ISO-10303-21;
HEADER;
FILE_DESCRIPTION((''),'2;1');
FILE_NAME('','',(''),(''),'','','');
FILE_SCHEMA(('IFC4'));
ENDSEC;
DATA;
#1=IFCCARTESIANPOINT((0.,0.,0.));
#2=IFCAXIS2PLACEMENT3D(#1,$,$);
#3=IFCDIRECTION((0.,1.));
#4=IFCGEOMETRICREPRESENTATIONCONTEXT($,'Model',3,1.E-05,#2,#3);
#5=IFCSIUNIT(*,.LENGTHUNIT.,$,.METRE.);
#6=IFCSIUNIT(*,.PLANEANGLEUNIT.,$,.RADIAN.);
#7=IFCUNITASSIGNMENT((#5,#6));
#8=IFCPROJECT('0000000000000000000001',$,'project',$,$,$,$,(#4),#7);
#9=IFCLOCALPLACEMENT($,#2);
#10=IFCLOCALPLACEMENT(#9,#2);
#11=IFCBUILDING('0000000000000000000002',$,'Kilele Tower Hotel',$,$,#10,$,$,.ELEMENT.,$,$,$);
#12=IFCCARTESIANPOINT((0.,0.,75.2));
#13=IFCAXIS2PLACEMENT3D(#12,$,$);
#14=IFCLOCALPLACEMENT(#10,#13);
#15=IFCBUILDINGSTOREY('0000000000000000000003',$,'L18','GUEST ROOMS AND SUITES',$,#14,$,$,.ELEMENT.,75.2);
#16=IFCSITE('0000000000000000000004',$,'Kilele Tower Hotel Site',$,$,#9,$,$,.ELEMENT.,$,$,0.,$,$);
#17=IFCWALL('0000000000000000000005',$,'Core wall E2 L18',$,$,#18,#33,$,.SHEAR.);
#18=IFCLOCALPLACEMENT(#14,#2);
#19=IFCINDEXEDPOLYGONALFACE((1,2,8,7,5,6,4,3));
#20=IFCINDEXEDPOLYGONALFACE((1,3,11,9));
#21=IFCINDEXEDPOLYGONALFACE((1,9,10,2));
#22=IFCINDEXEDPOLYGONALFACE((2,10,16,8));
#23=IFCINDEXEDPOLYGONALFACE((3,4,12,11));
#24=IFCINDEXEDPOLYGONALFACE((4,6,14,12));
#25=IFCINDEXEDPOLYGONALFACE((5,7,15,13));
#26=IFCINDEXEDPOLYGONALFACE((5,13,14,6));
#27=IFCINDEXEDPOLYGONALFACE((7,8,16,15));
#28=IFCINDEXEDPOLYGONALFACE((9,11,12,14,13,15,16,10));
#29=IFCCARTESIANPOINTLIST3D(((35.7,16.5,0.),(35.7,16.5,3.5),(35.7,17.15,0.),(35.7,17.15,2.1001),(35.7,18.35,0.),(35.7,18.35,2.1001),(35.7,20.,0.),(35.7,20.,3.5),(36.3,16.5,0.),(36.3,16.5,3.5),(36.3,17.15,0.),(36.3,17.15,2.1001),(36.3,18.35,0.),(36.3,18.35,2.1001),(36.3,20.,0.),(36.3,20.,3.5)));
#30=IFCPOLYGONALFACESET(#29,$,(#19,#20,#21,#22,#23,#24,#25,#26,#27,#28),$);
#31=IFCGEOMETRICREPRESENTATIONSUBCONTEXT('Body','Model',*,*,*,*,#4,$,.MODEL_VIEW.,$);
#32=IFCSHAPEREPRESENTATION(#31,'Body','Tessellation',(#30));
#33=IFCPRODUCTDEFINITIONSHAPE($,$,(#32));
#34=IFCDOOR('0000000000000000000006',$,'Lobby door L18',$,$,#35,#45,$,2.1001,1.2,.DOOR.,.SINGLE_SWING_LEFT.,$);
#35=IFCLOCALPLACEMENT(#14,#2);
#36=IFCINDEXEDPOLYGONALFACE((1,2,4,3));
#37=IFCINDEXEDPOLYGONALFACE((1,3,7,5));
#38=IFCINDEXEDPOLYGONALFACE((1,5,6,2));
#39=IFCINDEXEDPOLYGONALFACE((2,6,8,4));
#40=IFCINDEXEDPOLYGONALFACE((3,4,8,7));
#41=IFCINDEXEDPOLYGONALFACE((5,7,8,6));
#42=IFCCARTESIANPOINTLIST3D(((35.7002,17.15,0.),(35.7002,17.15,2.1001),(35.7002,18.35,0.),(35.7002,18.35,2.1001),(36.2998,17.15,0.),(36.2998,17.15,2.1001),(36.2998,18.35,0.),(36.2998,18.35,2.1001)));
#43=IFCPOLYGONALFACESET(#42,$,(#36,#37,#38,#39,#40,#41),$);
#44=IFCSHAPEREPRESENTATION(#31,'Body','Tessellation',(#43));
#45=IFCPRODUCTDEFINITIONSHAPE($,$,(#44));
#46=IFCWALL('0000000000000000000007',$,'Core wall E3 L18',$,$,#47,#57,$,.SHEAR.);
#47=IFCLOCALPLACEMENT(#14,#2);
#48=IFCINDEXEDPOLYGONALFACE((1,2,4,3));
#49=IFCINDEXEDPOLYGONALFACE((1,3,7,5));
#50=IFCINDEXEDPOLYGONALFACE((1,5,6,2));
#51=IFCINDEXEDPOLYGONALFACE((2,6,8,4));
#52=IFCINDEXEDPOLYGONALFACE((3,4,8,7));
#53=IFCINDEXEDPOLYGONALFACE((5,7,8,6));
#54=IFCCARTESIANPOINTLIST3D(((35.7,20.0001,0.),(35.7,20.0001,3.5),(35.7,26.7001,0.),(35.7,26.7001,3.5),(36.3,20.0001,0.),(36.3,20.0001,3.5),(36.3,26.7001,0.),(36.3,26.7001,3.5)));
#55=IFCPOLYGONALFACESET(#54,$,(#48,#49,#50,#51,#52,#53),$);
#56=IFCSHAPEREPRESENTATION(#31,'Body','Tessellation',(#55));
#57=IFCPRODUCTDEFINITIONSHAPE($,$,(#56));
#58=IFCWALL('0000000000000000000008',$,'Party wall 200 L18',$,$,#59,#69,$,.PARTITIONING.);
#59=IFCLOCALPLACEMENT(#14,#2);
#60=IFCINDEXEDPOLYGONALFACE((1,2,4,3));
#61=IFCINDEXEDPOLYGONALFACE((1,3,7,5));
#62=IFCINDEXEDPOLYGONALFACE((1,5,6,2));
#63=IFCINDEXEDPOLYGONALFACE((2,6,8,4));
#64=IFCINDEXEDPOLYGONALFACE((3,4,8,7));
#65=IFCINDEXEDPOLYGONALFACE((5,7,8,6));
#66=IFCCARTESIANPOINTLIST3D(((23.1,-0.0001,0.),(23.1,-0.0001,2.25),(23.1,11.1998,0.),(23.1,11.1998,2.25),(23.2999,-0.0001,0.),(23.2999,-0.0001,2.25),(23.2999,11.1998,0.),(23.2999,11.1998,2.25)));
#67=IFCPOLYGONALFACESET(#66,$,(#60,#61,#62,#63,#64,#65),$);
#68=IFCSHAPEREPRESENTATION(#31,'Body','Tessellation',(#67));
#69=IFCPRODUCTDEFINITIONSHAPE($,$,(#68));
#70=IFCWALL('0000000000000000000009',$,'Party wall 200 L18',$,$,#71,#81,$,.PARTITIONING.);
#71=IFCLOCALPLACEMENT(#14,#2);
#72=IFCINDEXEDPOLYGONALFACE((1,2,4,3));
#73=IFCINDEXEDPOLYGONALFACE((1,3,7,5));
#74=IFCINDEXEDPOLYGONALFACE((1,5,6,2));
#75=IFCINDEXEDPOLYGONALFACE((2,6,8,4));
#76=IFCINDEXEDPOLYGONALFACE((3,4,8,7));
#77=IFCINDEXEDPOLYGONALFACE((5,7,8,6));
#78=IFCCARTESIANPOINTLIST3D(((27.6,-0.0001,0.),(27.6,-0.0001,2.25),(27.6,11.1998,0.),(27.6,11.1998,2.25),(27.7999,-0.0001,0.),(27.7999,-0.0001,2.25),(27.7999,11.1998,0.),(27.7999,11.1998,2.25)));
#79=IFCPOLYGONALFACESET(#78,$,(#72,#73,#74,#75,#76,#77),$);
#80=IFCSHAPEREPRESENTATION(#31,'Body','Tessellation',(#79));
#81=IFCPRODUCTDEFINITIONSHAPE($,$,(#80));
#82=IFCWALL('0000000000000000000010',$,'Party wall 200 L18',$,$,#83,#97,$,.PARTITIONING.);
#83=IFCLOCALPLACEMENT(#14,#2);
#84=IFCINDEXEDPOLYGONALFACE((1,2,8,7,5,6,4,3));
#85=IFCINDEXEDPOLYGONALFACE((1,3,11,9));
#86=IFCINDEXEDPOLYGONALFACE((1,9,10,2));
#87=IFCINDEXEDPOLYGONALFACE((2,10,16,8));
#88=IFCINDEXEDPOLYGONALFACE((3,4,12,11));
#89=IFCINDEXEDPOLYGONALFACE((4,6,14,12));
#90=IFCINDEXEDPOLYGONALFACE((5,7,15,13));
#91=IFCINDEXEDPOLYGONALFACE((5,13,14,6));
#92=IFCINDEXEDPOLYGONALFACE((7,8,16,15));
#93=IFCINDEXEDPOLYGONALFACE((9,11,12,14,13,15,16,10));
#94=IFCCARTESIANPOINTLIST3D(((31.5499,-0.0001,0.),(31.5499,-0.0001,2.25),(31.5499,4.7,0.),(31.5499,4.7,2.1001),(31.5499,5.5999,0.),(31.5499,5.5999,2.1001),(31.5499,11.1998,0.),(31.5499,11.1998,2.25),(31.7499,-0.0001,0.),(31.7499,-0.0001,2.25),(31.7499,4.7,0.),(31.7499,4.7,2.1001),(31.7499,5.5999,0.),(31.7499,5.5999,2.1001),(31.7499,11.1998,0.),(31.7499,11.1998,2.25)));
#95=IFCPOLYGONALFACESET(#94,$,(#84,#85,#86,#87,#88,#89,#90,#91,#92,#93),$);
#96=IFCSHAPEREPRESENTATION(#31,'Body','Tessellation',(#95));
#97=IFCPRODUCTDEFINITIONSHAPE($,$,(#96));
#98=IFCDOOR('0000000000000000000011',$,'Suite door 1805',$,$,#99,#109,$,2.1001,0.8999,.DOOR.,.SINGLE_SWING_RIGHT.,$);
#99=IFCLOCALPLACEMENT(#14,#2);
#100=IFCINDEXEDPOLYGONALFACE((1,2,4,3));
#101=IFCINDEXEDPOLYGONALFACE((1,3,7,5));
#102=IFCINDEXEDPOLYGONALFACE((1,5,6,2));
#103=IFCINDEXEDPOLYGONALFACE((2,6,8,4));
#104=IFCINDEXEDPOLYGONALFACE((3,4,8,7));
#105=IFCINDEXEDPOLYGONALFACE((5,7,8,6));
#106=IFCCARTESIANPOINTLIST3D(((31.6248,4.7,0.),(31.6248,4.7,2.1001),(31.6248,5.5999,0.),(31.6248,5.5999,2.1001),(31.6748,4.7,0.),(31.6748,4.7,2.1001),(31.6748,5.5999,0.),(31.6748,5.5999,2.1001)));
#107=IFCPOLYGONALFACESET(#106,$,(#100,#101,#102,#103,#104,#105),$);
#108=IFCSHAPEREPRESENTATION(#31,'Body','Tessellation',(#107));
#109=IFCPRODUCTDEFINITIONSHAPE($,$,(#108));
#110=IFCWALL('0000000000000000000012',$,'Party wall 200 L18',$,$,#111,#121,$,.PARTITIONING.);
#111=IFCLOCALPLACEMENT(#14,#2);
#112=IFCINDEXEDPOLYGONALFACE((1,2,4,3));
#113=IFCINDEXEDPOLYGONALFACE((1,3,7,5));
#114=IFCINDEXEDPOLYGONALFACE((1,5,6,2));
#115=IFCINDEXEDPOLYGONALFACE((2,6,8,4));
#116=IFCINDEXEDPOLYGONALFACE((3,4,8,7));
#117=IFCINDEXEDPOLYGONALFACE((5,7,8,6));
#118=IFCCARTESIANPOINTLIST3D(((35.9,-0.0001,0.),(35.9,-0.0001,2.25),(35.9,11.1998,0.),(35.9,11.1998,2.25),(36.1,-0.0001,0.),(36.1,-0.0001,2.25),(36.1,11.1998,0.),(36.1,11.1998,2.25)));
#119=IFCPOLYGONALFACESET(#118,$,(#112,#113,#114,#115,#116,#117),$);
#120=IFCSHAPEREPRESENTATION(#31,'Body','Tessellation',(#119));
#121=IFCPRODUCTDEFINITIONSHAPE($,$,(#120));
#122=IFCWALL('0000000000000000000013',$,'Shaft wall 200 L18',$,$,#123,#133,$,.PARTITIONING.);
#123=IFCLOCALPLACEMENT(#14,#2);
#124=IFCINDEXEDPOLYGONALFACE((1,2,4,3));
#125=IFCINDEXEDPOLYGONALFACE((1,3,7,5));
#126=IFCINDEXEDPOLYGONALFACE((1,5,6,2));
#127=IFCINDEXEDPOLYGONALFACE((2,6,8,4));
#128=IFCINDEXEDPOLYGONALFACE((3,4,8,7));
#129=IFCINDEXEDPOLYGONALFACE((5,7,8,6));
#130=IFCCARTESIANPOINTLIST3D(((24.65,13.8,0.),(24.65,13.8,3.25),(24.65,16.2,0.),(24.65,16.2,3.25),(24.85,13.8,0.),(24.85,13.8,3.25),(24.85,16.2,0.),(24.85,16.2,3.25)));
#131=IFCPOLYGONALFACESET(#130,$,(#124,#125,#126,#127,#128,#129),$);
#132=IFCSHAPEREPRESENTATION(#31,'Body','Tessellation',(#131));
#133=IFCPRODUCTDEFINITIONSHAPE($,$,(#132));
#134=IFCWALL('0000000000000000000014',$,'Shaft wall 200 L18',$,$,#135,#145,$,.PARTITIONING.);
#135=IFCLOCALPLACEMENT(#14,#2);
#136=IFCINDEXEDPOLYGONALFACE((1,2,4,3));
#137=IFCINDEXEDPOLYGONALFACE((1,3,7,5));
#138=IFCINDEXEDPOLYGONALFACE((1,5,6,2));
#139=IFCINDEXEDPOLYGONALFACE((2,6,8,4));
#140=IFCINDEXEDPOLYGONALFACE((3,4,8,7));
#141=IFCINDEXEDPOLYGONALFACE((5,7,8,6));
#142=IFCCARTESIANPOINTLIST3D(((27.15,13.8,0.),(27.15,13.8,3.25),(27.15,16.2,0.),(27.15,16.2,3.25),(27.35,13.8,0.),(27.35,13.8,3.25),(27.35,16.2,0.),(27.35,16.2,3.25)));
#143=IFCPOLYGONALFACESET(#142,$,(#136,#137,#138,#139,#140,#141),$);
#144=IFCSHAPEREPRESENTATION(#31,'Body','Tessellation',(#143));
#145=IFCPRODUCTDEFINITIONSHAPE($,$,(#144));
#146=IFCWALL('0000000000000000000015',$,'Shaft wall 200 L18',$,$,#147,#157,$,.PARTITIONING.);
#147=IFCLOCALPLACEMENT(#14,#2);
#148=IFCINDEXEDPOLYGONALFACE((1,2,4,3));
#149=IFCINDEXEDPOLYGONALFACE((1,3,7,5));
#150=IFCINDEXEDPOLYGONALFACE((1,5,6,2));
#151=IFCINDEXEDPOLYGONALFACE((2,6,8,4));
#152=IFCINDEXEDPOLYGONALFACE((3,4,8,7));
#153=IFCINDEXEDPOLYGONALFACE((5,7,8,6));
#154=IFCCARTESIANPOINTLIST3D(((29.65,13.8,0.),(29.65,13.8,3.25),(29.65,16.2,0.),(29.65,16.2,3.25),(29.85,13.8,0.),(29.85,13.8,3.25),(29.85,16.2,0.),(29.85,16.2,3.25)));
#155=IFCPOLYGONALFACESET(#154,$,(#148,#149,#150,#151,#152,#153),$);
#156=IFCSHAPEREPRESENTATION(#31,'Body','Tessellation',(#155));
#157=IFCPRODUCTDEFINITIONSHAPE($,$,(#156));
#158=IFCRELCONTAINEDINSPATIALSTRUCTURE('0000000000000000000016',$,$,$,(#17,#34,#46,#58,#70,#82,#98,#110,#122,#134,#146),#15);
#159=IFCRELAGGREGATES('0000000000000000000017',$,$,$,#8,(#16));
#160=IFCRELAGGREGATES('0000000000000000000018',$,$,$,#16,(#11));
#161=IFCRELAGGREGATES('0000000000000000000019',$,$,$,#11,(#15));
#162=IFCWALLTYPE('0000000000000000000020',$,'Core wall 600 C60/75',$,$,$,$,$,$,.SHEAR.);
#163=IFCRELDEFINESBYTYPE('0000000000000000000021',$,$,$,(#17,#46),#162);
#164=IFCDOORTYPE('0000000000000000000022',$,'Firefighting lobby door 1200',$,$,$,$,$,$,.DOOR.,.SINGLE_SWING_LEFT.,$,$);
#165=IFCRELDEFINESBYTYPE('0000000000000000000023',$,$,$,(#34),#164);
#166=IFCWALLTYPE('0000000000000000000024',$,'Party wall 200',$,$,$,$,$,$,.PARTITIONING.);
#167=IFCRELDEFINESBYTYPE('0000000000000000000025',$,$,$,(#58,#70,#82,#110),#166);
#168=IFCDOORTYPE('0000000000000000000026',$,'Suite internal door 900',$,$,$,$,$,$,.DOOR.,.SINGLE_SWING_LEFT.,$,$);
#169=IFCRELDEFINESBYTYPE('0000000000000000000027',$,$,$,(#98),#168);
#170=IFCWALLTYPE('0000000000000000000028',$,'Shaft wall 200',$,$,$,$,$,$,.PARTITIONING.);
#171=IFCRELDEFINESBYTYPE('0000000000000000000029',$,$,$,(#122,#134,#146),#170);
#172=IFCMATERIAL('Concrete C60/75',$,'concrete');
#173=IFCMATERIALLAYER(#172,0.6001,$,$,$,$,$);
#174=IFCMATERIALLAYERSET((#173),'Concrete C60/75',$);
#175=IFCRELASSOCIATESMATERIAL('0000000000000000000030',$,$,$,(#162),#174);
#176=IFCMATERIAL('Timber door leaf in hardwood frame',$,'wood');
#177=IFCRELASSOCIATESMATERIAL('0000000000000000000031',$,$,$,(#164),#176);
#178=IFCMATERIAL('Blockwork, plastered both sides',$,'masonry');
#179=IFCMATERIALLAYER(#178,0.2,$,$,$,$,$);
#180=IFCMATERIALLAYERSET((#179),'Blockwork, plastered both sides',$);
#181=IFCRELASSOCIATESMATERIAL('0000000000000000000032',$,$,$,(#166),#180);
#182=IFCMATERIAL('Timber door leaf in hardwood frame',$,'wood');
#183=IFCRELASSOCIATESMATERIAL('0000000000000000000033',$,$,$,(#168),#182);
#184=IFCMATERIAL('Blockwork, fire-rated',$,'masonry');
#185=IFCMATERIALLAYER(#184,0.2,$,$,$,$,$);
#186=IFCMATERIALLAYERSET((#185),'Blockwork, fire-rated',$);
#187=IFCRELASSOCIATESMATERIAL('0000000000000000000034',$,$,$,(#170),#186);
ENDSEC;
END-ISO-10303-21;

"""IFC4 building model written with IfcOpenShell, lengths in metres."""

from ifc_helpers import new_model, si_unit, direction, frame, frame_2d, origin, place, context, subcontext, project, spatial, rectangle, extrude, material, layer, layer_set, type_object, element, fill, save


model = new_model("IFC4")

# Units and contexts
model_context = context("Model", 3, precision=1e-05, world=origin(), true_north=direction((0.0, 1.0)))
body_context = subcontext(model_context, "Body", "Model", "MODEL_VIEW")
ifc_project = project(units=[si_unit("LENGTHUNIT", "METRE"), si_unit("PLANEANGLEUNIT", "RADIAN")], contexts=[model_context])

# Site, building, storey
site_placement = place(None, origin())
site = spatial("IfcSite", under=ifc_project, at=site_placement, Name="Kilele Tower Hotel Site", CompositionType="ELEMENT", RefElevation=0.0)
building_placement = place(site_placement, origin())
building = spatial("IfcBuilding", under=site, at=building_placement, Name="Kilele Tower Hotel", CompositionType="ELEMENT")
storey_placement = place(building_placement, frame((0.0, 0.0, 75.2)))
storey = spatial("IfcBuildingStorey", under=building, at=storey_placement, Name="L18", Description="GUEST ROOMS AND SUITES", CompositionType="ELEMENT", Elevation=75.2)

# Shared definitions
ifc_material_1 = material(Name="Concrete C60/75", Category="concrete")
ifc_layer_1 = layer(ifc_material_1, 0.6001)
ifc_layer_set_1 = layer_set([ifc_layer_1], Name="Concrete C60/75")
wall_type_1 = type_object("IfcWallType", Name="Core wall 600 C60/75", PredefinedType="SHEAR", material=ifc_layer_set_1)
ifc_material_2 = material(Name="Timber door leaf in hardwood frame", Category="wood")
door_type_1 = type_object("IfcDoorType", Name="Firefighting lobby door 1200", OperationType="SINGLE_SWING_LEFT", PredefinedType="DOOR", material=ifc_material_2)

# Wall, opening, door
wall_1_placement = place(storey_placement, frame((36.0, 16.5, 0.0), z_axis=(0.0, 0.0, 1.0), x_axis=(0.0, 1.0, 0.0)))
wall_1 = element("IfcWall", 1, at=wall_1_placement, inside=storey, type_object=wall_type_1, Name="Core wall E2 L18", PredefinedType="SHEAR", context=body_context, shape_type="SweptSolid", body=[
    extrude(rectangle(XDim=3.5, YDim=0.6001, at=frame_2d((1.75, 0.0))), origin(), (0.0, 0.0, 1.0), 3.5),
])
opening_1_placement = place(wall_1_placement, frame((0.6499, 0.0, 0.0)))
opening_1 = element("IfcOpeningElement", 2, at=opening_1_placement, cuts=wall_1, PredefinedType="OPENING", context=body_context, shape_type="SweptSolid", body=[
    extrude(rectangle(XDim=1.2, YDim=2.1001, at=frame_2d((0.6001, 1.05))), frame((0.0, 0.3101, 0.0), z_axis=(0.0, -1.0, 0.0), x_axis=(1.0, 0.0, 0.0)), (0.0, 0.0, 1.0), 0.6201),
])
door_1_placement = place(opening_1_placement, origin())
door_1 = element("IfcDoor", 3, at=door_1_placement, inside=storey, type_object=door_type_1, Name="Lobby door L18", OperationType="SINGLE_SWING_LEFT", OverallHeight=2.1001, OverallWidth=1.2, PredefinedType="DOOR", context=body_context, shape_type="SweptSolid", body=[
    extrude(rectangle(XDim=1.2, YDim=2.1001, at=frame_2d((0.6001, 1.05))), frame((0.0, 0.2998, 0.0), z_axis=(0.0, -1.0, 0.0), x_axis=(1.0, 0.0, 0.0)), (0.0, 0.0, 1.0), 0.5996),
])
fill(opening_1, door_1)

# Walls
wall_2_placement = place(storey_placement, frame((36.0, 20.0, 0.0), z_axis=(0.0, 0.0, 1.0), x_axis=(0.0, 1.0, 0.0)))
element("IfcWall", 4, at=wall_2_placement, inside=storey, type_object=wall_type_1, Name="Core wall E3 L18", PredefinedType="SHEAR", context=body_context, shape_type="SweptSolid", body=[
    extrude(rectangle(XDim=6.7, YDim=0.6001, at=frame_2d((3.3501, 0.0))), origin(), (0.0, 0.0, 1.0), 3.5),
])
ifc_material_3 = material(Name="Blockwork, plastered both sides", Category="masonry")
ifc_layer_2 = layer(ifc_material_3, 0.2)
ifc_layer_set_2 = layer_set([ifc_layer_2], Name="Blockwork, plastered both sides")
wall_type_2 = type_object("IfcWallType", Name="Party wall 200", PredefinedType="PARTITIONING", material=ifc_layer_set_2)
for number, where, z_axis, x_axis, name in (
    (5, (23.2, 11.2, 0.0), (0.0, 0.0, 1.0), (0.0, -1.0, 0.0), "Party wall 200 L18"),
    (6, (27.7, 11.2, 0.0), (0.0, 0.0, 1.0), (0.0, -1.0, 0.0), "Party wall 200 L18"),
):
    element("IfcWall", number, at=place(storey_placement, frame(where, z_axis=z_axis, x_axis=x_axis)), inside=storey, type_object=wall_type_2, Name=name, PredefinedType="PARTITIONING", context=body_context, shape_type="SweptSolid", body=[
        extrude(rectangle(XDim=11.2, YDim=0.2, at=frame_2d((5.6001, 0.0))), origin(), (0.0, 0.0, 1.0), 2.25),
    ])

# Wall, opening, door
wall_3_placement = place(storey_placement, frame((31.6499, 11.2, 0.0), z_axis=(0.0, 0.0, 1.0), x_axis=(0.0, -1.0, 0.0)))
wall_3 = element("IfcWall", 7, at=wall_3_placement, inside=storey, type_object=wall_type_2, Name="Party wall 200 L18", PredefinedType="PARTITIONING", context=body_context, shape_type="SweptSolid", body=[
    extrude(rectangle(XDim=11.2, YDim=0.2, at=frame_2d((5.6001, 0.0))), origin(), (0.0, 0.0, 1.0), 2.25),
])
opening_2_placement = place(wall_3_placement, frame((5.6001, 0.0, 0.0)))
opening_2 = element("IfcOpeningElement", 8, at=opening_2_placement, cuts=wall_3, PredefinedType="OPENING", context=body_context, shape_type="SweptSolid", body=[
    extrude(rectangle(XDim=0.8999, YDim=2.1001, at=frame_2d((0.45, 1.05))), frame((0.0, 0.1099, 0.0), z_axis=(0.0, -1.0, 0.0), x_axis=(1.0, 0.0, 0.0)), (0.0, 0.0, 1.0), 0.22),
])
ifc_material_4 = material(Name="Timber door leaf in hardwood frame", Category="wood")
door_type_2 = type_object("IfcDoorType", Name="Suite internal door 900", OperationType="SINGLE_SWING_LEFT", PredefinedType="DOOR", material=ifc_material_4)
door_2_placement = place(opening_2_placement, origin())
door_2 = element("IfcDoor", 9, at=door_2_placement, inside=storey, type_object=door_type_2, Name="Suite door 1805", OperationType="SINGLE_SWING_RIGHT", OverallHeight=2.1001, OverallWidth=0.8999, PredefinedType="DOOR", context=body_context, shape_type="SweptSolid", body=[
    extrude(rectangle(XDim=0.8999, YDim=2.1001, at=frame_2d((0.45, 1.05))), frame((0.0, 0.0249, 0.0), z_axis=(0.0, -1.0, 0.0), x_axis=(1.0, 0.0, 0.0)), (0.0, 0.0, 1.0), 0.05),
])
fill(opening_2, door_2)

# Walls
wall_4_placement = place(storey_placement, frame((36.0, 11.2, 0.0), z_axis=(0.0, 0.0, 1.0), x_axis=(0.0, -1.0, 0.0)))
element("IfcWall", 10, at=wall_4_placement, inside=storey, type_object=wall_type_2, Name="Party wall 200 L18", PredefinedType="PARTITIONING", context=body_context, shape_type="SweptSolid", body=[
    extrude(rectangle(XDim=11.2, YDim=0.2, at=frame_2d((5.6001, 0.0))), origin(), (0.0, 0.0, 1.0), 2.25),
])
ifc_material_5 = material(Name="Blockwork, fire-rated", Category="masonry")
ifc_layer_3 = layer(ifc_material_5, 0.2)
ifc_layer_set_3 = layer_set([ifc_layer_3], Name="Blockwork, fire-rated")
wall_type_3 = type_object("IfcWallType", Name="Shaft wall 200", PredefinedType="PARTITIONING", material=ifc_layer_set_3)
for number, where, z_axis, x_axis, name in (
    (11, (24.75, 13.8, 0.0), (0.0, 0.0, 1.0), (0.0, 1.0, 0.0), "Shaft wall 200 L18"),
    (12, (27.25, 13.8, 0.0), (0.0, 0.0, 1.0), (0.0, 1.0, 0.0), "Shaft wall 200 L18"),
    (13, (29.75, 13.8, 0.0), (0.0, 0.0, 1.0), (0.0, 1.0, 0.0), "Shaft wall 200 L18"),
):
    element("IfcWall", number, at=place(storey_placement, frame(where, z_axis=z_axis, x_axis=x_axis)), inside=storey, type_object=wall_type_3, Name=name, PredefinedType="PARTITIONING", context=body_context, shape_type="SweptSolid", body=[
        extrude(rectangle(XDim=2.3999, YDim=0.2, at=frame_2d((1.2, 0.0))), origin(), (0.0, 0.0, 1.0), 3.25),
    ])

save(model, "model.ifc")
